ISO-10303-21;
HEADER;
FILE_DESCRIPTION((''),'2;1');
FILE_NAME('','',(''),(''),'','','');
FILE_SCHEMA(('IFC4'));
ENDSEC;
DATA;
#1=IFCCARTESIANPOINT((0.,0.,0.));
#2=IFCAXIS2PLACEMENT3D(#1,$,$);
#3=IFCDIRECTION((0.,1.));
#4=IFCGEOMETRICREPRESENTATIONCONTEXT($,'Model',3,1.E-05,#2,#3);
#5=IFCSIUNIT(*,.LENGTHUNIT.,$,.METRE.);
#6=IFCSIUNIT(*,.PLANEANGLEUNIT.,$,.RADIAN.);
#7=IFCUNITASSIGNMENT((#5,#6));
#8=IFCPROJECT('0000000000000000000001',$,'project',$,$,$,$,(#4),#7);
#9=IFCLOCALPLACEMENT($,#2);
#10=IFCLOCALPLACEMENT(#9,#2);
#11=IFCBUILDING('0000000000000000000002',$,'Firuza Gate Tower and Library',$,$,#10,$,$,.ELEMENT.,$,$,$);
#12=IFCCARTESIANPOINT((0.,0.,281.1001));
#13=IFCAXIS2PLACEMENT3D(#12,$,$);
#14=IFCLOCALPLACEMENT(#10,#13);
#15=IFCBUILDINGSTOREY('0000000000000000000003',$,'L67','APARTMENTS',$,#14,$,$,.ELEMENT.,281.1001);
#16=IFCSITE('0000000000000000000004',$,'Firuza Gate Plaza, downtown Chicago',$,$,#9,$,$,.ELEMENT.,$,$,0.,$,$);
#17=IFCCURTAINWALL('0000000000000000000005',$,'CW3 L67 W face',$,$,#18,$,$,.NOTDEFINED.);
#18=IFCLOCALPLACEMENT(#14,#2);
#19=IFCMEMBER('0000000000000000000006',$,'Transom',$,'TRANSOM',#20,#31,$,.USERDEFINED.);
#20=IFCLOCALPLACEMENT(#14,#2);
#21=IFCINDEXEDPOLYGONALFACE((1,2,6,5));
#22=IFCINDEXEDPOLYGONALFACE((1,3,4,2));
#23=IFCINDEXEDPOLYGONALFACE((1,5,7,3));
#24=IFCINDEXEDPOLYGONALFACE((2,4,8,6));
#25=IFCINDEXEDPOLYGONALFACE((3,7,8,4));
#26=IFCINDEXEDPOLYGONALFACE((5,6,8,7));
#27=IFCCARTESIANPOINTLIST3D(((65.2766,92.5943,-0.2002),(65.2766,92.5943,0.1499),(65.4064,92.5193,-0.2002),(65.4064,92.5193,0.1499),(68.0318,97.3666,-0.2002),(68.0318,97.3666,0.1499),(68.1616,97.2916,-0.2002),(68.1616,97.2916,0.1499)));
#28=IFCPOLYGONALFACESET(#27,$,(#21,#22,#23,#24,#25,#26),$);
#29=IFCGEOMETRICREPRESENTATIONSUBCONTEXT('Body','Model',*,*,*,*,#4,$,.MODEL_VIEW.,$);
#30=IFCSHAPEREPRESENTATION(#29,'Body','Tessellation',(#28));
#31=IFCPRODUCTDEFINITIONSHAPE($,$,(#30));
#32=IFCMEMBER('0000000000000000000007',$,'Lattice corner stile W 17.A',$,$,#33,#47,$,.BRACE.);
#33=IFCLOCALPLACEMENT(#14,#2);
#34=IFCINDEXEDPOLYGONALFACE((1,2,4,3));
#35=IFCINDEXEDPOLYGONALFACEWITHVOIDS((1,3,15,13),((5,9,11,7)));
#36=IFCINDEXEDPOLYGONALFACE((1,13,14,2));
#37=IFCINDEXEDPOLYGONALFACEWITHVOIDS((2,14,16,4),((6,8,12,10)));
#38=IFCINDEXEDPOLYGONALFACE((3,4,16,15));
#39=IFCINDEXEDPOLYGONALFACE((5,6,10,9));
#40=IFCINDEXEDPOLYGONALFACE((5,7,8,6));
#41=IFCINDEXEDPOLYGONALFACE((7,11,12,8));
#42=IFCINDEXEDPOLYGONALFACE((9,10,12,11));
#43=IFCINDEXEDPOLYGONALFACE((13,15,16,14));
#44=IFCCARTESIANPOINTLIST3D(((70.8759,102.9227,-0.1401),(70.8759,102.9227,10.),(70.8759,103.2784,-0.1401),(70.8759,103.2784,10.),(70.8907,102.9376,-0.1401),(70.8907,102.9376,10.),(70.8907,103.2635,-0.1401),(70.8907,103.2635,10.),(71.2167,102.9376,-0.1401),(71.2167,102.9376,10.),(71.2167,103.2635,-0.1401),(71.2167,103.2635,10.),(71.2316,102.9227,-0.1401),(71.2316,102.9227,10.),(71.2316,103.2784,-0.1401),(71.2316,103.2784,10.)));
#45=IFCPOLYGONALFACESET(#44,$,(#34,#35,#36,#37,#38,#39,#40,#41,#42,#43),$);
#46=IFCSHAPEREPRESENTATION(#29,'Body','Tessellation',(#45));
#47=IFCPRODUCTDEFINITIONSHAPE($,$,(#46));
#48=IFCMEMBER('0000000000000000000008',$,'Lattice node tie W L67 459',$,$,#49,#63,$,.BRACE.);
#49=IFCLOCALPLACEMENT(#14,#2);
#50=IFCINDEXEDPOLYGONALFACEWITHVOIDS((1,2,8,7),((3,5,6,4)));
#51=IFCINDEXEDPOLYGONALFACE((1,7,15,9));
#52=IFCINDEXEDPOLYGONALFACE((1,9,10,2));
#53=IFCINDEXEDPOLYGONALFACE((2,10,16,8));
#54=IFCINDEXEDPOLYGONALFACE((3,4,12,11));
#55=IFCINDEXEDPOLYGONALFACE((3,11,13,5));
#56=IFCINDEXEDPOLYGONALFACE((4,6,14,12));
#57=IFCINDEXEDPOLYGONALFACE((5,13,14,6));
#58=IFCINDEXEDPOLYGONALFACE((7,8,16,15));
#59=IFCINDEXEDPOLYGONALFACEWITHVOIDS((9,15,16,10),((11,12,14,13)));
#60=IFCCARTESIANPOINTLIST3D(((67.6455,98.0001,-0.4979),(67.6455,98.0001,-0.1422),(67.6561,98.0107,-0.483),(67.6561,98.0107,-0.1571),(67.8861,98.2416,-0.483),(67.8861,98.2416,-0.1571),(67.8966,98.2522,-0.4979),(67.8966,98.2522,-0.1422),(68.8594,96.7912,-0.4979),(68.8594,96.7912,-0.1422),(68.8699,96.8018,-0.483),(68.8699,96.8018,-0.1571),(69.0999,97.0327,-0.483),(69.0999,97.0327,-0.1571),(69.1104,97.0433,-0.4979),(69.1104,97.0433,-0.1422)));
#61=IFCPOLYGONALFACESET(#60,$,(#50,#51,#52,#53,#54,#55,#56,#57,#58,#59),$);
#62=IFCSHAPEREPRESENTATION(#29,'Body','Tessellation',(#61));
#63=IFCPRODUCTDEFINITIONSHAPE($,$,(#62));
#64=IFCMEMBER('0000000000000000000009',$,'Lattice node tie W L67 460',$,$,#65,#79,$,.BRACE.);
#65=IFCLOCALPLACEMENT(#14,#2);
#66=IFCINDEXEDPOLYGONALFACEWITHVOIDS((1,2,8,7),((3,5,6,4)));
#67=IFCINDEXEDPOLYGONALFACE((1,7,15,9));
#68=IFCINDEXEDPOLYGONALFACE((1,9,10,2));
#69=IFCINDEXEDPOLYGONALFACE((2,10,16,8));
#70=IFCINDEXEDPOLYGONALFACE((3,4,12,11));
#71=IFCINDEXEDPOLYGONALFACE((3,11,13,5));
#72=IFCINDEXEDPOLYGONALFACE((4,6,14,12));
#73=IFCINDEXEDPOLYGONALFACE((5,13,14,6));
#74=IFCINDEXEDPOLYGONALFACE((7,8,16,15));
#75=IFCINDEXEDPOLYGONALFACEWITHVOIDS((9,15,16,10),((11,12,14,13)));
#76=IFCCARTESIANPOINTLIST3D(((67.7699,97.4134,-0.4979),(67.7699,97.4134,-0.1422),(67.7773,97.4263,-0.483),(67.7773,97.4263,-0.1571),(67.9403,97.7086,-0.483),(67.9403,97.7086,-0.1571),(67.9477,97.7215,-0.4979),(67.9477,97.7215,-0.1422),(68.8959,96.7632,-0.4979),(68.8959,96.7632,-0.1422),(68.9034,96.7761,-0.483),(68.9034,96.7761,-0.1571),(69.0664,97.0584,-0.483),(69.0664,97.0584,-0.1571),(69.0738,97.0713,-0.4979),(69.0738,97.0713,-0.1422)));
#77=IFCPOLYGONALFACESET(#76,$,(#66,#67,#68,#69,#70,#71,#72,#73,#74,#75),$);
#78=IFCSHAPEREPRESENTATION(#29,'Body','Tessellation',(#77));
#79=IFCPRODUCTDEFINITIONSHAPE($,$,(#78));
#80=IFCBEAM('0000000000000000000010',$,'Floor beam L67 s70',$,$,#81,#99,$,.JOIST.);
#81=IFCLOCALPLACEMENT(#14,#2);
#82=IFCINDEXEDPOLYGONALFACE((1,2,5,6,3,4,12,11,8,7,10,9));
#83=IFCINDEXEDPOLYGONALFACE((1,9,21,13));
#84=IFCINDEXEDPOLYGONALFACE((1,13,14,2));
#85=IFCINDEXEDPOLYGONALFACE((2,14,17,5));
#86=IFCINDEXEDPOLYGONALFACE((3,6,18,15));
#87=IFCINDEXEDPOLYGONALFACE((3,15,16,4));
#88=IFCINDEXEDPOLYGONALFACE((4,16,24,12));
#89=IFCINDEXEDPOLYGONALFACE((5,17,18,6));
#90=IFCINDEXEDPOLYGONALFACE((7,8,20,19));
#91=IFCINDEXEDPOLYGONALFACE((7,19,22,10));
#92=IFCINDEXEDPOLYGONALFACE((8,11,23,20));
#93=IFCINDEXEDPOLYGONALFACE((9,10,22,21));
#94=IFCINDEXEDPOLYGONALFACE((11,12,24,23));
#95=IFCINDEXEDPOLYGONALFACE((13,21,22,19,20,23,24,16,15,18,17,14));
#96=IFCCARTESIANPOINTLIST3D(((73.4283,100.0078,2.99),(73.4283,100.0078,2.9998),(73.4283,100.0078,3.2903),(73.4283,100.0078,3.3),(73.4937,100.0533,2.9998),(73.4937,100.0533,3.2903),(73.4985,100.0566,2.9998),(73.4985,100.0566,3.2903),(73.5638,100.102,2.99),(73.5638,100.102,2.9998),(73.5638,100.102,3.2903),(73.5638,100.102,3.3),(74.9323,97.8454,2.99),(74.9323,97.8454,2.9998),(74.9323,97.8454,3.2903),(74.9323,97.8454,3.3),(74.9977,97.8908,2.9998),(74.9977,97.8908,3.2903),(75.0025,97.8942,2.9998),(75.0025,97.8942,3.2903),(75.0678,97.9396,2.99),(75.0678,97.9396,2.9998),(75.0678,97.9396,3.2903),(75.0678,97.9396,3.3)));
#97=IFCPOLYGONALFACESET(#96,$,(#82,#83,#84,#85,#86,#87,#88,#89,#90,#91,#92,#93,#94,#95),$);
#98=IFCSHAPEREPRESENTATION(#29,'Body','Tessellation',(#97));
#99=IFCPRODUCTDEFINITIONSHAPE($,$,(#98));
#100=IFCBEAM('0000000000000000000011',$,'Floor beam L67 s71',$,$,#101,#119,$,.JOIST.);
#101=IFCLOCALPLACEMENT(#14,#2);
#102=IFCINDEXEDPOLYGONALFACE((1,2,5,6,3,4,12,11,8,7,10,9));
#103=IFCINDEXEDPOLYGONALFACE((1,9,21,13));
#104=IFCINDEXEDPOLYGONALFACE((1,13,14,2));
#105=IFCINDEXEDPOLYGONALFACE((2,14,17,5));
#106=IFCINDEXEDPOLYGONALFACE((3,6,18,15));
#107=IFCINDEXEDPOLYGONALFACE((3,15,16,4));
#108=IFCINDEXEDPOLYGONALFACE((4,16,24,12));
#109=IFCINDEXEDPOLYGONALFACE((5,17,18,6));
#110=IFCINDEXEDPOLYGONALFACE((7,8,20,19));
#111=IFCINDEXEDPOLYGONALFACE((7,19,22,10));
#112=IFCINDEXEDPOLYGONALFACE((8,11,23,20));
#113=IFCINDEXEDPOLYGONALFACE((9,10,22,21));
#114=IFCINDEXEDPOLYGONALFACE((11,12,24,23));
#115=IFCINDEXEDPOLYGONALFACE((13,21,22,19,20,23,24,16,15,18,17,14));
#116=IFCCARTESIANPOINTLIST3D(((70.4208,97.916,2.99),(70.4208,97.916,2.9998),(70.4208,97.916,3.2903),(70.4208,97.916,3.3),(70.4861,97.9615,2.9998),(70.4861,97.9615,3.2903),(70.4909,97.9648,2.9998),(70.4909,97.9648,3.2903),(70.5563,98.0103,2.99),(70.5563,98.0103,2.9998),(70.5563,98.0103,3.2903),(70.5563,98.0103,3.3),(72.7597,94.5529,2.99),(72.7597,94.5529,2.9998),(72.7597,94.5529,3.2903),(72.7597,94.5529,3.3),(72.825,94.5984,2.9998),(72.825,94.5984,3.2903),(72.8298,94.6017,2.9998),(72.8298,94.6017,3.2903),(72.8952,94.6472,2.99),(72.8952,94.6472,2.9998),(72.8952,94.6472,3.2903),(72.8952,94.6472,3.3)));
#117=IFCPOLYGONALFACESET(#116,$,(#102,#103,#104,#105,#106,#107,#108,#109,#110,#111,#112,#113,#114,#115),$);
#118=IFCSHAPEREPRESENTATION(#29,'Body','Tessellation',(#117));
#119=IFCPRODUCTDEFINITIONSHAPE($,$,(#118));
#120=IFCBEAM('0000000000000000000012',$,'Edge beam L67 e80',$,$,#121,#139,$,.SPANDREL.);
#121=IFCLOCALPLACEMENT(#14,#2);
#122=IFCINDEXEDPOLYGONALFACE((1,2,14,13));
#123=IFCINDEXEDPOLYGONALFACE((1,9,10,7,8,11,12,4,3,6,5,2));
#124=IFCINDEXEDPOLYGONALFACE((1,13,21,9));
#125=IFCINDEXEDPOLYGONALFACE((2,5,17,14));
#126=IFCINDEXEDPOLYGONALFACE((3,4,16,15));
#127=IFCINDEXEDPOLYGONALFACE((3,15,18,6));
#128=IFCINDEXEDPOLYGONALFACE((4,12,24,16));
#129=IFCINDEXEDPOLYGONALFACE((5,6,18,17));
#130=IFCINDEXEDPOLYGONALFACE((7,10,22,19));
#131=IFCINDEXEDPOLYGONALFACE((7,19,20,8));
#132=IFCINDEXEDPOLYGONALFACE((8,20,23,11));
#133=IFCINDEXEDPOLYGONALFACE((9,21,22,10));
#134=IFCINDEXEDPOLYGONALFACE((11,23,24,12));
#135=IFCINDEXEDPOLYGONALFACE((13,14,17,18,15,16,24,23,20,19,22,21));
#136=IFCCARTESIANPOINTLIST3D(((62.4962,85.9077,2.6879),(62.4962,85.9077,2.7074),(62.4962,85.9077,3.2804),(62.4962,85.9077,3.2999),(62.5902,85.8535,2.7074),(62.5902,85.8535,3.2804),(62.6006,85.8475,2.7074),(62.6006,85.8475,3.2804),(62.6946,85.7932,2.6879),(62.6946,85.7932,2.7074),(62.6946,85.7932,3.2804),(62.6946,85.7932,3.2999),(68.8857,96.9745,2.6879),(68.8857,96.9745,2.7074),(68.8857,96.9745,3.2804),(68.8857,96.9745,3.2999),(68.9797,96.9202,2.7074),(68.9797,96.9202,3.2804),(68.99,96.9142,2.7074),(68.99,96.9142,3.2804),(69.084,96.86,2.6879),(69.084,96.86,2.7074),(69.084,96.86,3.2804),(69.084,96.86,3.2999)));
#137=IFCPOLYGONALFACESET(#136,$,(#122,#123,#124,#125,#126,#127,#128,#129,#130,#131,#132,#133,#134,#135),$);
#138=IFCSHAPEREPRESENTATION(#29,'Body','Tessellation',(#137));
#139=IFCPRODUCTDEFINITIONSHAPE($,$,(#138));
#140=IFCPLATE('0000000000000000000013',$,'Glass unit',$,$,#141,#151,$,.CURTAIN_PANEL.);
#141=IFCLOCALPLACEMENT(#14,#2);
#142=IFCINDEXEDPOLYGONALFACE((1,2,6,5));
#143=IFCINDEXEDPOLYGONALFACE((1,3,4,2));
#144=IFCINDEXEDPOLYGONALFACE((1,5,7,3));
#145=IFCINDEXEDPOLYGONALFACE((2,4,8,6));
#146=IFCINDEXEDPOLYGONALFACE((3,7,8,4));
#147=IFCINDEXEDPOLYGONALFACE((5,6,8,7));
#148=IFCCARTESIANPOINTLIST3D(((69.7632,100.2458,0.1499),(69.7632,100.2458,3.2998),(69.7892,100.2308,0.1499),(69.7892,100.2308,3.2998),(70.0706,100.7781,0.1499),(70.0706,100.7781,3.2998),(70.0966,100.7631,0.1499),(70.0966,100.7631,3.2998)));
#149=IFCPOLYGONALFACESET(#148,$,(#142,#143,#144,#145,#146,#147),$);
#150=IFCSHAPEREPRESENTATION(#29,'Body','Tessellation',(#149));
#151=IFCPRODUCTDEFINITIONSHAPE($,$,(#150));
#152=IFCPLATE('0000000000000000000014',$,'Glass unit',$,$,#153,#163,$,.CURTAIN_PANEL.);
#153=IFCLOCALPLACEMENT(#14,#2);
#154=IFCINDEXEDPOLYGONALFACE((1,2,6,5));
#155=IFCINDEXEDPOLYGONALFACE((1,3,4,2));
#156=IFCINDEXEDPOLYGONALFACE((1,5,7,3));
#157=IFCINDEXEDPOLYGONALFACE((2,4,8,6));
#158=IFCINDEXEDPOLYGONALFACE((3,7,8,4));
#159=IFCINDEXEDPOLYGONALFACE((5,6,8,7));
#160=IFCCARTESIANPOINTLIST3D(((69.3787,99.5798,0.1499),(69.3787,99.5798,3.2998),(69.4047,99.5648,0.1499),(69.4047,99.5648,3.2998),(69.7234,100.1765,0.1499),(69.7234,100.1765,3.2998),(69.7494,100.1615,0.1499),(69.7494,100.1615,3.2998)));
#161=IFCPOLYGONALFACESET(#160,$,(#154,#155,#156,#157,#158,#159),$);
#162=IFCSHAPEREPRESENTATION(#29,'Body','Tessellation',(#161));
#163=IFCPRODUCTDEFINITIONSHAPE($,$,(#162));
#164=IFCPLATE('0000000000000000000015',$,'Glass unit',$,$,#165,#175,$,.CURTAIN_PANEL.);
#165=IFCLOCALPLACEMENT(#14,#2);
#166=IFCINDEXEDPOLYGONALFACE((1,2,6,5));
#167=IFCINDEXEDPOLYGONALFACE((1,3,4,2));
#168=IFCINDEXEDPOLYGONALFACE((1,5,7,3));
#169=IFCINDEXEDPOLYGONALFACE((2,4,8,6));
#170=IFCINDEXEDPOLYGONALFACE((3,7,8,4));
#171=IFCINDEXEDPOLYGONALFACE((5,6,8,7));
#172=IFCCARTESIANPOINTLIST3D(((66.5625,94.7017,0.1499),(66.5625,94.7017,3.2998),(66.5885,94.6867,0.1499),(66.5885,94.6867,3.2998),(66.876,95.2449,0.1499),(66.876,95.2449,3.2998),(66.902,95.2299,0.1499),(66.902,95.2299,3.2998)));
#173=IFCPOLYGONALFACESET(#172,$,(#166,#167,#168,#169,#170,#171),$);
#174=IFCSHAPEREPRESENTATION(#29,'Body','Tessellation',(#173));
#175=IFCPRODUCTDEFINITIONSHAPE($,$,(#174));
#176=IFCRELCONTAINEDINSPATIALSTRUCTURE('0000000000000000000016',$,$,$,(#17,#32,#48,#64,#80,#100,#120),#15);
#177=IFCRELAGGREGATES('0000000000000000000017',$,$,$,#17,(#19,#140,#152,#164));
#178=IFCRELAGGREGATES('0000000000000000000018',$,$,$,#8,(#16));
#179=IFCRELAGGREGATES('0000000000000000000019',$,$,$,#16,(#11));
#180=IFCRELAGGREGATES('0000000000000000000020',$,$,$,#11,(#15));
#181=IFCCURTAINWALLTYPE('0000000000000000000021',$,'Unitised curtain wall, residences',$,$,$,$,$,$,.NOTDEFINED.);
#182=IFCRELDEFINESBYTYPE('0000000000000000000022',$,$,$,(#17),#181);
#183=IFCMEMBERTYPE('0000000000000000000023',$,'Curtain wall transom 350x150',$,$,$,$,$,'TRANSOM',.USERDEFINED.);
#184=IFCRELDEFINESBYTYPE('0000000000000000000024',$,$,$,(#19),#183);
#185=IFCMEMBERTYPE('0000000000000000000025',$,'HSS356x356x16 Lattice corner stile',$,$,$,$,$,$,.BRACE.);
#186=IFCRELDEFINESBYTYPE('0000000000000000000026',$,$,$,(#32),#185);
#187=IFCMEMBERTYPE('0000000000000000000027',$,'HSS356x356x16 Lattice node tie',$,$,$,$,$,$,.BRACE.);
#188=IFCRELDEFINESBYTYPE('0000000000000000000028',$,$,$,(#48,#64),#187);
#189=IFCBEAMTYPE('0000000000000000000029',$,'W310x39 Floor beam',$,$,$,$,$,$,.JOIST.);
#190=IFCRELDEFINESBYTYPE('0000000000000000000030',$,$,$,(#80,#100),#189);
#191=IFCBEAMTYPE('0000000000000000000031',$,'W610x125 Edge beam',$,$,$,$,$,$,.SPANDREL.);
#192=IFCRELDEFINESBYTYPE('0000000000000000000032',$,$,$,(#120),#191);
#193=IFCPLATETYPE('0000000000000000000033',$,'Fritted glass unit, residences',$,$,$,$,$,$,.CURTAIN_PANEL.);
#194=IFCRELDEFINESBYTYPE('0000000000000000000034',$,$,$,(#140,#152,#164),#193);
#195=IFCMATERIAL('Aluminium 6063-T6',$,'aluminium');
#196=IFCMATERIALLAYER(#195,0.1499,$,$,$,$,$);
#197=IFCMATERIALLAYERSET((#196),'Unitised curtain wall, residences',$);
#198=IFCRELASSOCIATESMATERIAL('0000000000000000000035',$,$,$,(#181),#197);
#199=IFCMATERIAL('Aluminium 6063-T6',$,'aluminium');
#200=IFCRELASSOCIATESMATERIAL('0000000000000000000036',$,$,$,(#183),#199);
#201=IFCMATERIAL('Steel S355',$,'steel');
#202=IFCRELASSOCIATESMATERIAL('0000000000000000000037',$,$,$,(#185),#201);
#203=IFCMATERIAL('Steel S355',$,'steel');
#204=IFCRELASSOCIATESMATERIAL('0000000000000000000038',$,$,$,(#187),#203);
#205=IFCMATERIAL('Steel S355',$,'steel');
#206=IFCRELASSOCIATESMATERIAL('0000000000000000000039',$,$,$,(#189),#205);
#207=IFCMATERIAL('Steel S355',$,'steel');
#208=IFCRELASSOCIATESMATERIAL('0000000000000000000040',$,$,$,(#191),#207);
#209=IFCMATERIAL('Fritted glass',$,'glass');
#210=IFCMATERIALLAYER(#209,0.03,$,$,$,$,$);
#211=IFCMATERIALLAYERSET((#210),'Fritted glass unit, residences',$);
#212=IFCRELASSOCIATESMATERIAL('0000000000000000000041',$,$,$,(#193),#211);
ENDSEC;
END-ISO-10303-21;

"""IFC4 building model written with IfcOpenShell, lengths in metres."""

from ifc_helpers import new_model, si_unit, direction, frame, origin, origin_2d, place, context, subcontext, project, spatial, polyline, rectangle, hollow_rectangle, i_section, outline, extrude, material, layer, layer_set, material_profile, profile_set, type_object, element, aggregate, save


model = new_model("IFC4")

# Units and contexts
model_context = context("Model", 3, precision=1e-05, world=origin(), true_north=direction((0.0, 1.0)))
body_context = subcontext(model_context, "Body", "Model", "MODEL_VIEW")
ifc_project = project(units=[si_unit("LENGTHUNIT", "METRE"), si_unit("PLANEANGLEUNIT", "RADIAN")], contexts=[model_context])

# Site, building, storey
site_placement = place(None, origin())
site = spatial("IfcSite", under=ifc_project, at=site_placement, Name="Firuza Gate Plaza, downtown Chicago", CompositionType="ELEMENT", RefElevation=0.0)
building_placement = place(site_placement, origin())
building = spatial("IfcBuilding", under=site, at=building_placement, Name="Firuza Gate Tower and Library", CompositionType="ELEMENT")
storey_placement = place(building_placement, frame((0.0, 0.0, 281.1001)))
storey = spatial("IfcBuildingStorey", under=building, at=storey_placement, Name="L67", Description="APARTMENTS", CompositionType="ELEMENT", Elevation=281.1001)

# Curtain wall
ifc_material_1 = material(Name="Aluminium 6063-T6", Category="aluminium")
ifc_layer_1 = layer(ifc_material_1, 0.1499)
ifc_layer_set_1 = layer_set([ifc_layer_1], Name="Unitised curtain wall, residences")
curtain_wall_type_1 = type_object("IfcCurtainWallType", Name="Unitised curtain wall, residences", PredefinedType="NOTDEFINED", material=ifc_layer_set_1)
placement = place(storey_placement, origin())
curtain_wall_1 = element("IfcCurtainWall", 1, at=placement, inside=storey, type_object=curtain_wall_type_1, Name="CW3 L67 W face", PredefinedType="NOTDEFINED")

# Shared definitions
ifc_material_2 = material(Name="Aluminium 6063-T6", Category="aluminium")
ifc_material_profile_1 = material_profile(ifc_material_2, rectangle(XDim=0.1499, YDim=0.3501, at=origin_2d()))
ifc_profile_set_1 = profile_set([ifc_material_profile_1], Name="Aluminium 6063-T6")
member_type_1 = type_object("IfcMemberType", Name="Curtain wall transom 350x150", ElementType="TRANSOM", PredefinedType="USERDEFINED", material=ifc_profile_set_1)

# Member
member_1_placement = place(storey_placement, frame((68.0967, 97.3291, -0.0251), z_axis=(-0.499985, -0.866034, 0.0), x_axis=(0.866034, -0.499985, 0.0)))
member_1 = element("IfcMember", 2, at=member_1_placement, type_object=member_type_1, Name="Transom", ObjectType="TRANSOM", PredefinedType="USERDEFINED", context=body_context, shape_type="SweptSolid", body=[
    extrude(rectangle(XDim=0.1499, YDim=0.3501, at=origin_2d()), origin(), (0.0, 0.0, 1.0), 5.5105),
])

# Members
ifc_material_3 = material(Name="Steel S355", Category="steel")
ifc_material_profile_2 = material_profile(ifc_material_3, hollow_rectangle(XDim=0.3557, YDim=0.3557, WallThickness=0.0149, at=origin_2d()))
ifc_profile_set_2 = profile_set([ifc_material_profile_2], Name="Steel S355")
member_type_2 = type_object("IfcMemberType", Name="HSS356x356x16 Lattice corner stile", PredefinedType="BRACE", material=ifc_profile_set_2)
member_2_placement = place(storey_placement, frame((71.0537, 103.1006, -0.1401), z_axis=(0.0, 0.0, 1.0), x_axis=(1.0, 0.0, 0.0)))
element("IfcMember", 3, at=member_2_placement, inside=storey, type_object=member_type_2, Name="Lattice corner stile W 17.A", PredefinedType="BRACE", context=body_context, shape_type="SweptSolid", body=[
    extrude(hollow_rectangle(XDim=0.3557, YDim=0.3557, WallThickness=0.0149, at=origin_2d()), origin(), (0.0, 0.0, 1.0), 10.1401),
])
ifc_material_4 = material(Name="Steel S355", Category="steel")
ifc_material_profile_3 = material_profile(ifc_material_4, hollow_rectangle(XDim=0.3557, YDim=0.3557, WallThickness=0.0149, at=origin_2d()))
ifc_profile_set_3 = profile_set([ifc_material_profile_3], Name="Steel S355")
member_type_3 = type_object("IfcMemberType", Name="HSS356x356x16 Lattice node tie", PredefinedType="BRACE", material=ifc_profile_set_3)
member_3_placement = place(storey_placement, frame((68.9849, 96.9172, -0.3201), z_axis=(-0.70853, 0.70568, 0.0), x_axis=(-0.70568, -0.70853, 0.0)))
element("IfcMember", 4, at=member_3_placement, inside=storey, type_object=member_type_3, Name="Lattice node tie W L67 459", PredefinedType="BRACE", context=body_context, shape_type="SweptSolid", body=[
    extrude(hollow_rectangle(XDim=0.3557, YDim=0.3557, WallThickness=0.0149, at=origin_2d()), origin(), (0.0, 0.0, 1.0), 1.7131),
])
member_4_placement = place(storey_placement, frame((68.9849, 96.9172, -0.3201), z_axis=(-0.866004, 0.500037, 0.0), x_axis=(-0.500037, -0.866004, 0.0)))
element("IfcMember", 5, at=member_4_placement, inside=storey, type_object=member_type_3, Name="Lattice node tie W L67 460", PredefinedType="BRACE", context=body_context, shape_type="SweptSolid", body=[
    extrude(hollow_rectangle(XDim=0.3557, YDim=0.3557, WallThickness=0.0149, at=origin_2d()), origin(), (0.0, 0.0, 1.0), 1.3003),
])

# Beams
ifc_material_5 = material(Name="Steel S355", Category="steel")
ifc_material_profile_4 = material_profile(ifc_material_5, i_section(OverallWidth=0.165, OverallDepth=0.3101, WebThickness=0.0059, FlangeThickness=0.0098, at=origin_2d()))
ifc_profile_set_4 = profile_set([ifc_material_profile_4], Name="Steel S355")
beam_type_1 = type_object("IfcBeamType", Name="W310x39 Floor beam", PredefinedType="JOIST", material=ifc_profile_set_4)
beam_1_placement = place(storey_placement, frame((73.4961, 100.0549, 3.145), z_axis=(0.570978, -0.820966, 0.0), x_axis=(0.820966, 0.570978, 0.0)))
element("IfcBeam", 6, at=beam_1_placement, inside=storey, type_object=beam_type_1, Name="Floor beam L67 s70", PredefinedType="JOIST", context=body_context, shape_type="SweptSolid", body=[
    extrude(i_section(OverallWidth=0.165, OverallDepth=0.3101, WebThickness=0.0059, FlangeThickness=0.0098, at=origin_2d()), origin(), (0.0, 0.0, 1.0), 2.634),
])
beam_2_placement = place(storey_placement, frame((70.4885, 97.9631, 3.145), z_axis=(0.57096, -0.820978, 0.0), x_axis=(0.820978, 0.57096, 0.0)))
element("IfcBeam", 7, at=beam_2_placement, inside=storey, type_object=beam_type_1, Name="Floor beam L67 s71", PredefinedType="JOIST", context=body_context, shape_type="SweptSolid", body=[
    extrude(i_section(OverallWidth=0.165, OverallDepth=0.3101, WebThickness=0.0059, FlangeThickness=0.0098, at=origin_2d()), origin(), (0.0, 0.0, 1.0), 4.0964),
])
ifc_material_6 = material(Name="Steel S355", Category="steel")
ifc_material_profile_5 = material_profile(ifc_material_6, i_section(OverallWidth=0.229, OverallDepth=0.6121, WebThickness=0.012, FlangeThickness=0.0195, at=origin_2d()))
ifc_profile_set_5 = profile_set([ifc_material_profile_5], Name="Steel S355")
beam_type_2 = type_object("IfcBeamType", Name="W610x125 Edge beam", PredefinedType="SPANDREL", material=ifc_profile_set_5)
beam_3_placement = place(storey_placement, frame((68.9849, 96.9172, 2.9939), z_axis=(-0.500004, -0.866023, 0.0), x_axis=(0.866023, -0.500004, 0.0)))
element("IfcBeam", 8, at=beam_3_placement, inside=storey, type_object=beam_type_2, Name="Edge beam L67 e80", PredefinedType="SPANDREL", context=body_context, shape_type="SweptSolid", body=[
    extrude(i_section(OverallWidth=0.229, OverallDepth=0.6121, WebThickness=0.012, FlangeThickness=0.0195, at=origin_2d()), origin(), (0.0, 0.0, 1.0), 12.7788),
])

# Plates
ifc_material_7 = material(Name="Fritted glass", Category="glass")
ifc_layer_2 = layer(ifc_material_7, 0.03)
ifc_layer_set_2 = layer_set([ifc_layer_2], Name="Fritted glass unit, residences")
plate_type_1 = type_object("IfcPlateType", Name="Fritted glass unit, residences", PredefinedType="CURTAIN_PANEL", material=ifc_layer_set_2)
plate_1_placement = place(storey_placement, frame((70.0706, 100.7781, 0.1499), z_axis=(-0.865961, 0.500112, 0.0), x_axis=(-0.500112, -0.865961, 0.0)))
plate_1 = element("IfcPlate", 9, at=plate_1_placement, type_object=plate_type_1, Name="Glass unit", PredefinedType="CURTAIN_PANEL", context=body_context, shape_type="SweptSolid", body=[
    extrude(outline(polyline([(0.0, 0.0), (0.6146, 0.0), (0.6146, 3.1499), (0.0, 3.1499), (0.0, 0.0)])), origin(), (0.0, 0.0, -1.0), 0.03),
])
plate_2_placement = place(storey_placement, frame((69.7234, 100.1765, 0.1499), z_axis=(-0.865879, 0.500254, 0.0), x_axis=(-0.500254, -0.865879, 0.0)))
plate_2 = element("IfcPlate", 10, at=plate_2_placement, type_object=plate_type_1, Name="Glass unit", PredefinedType="CURTAIN_PANEL", context=body_context, shape_type="SweptSolid", body=[
    extrude(outline(polyline([(0.0, 0.0), (0.6891, 0.0), (0.6891, 3.1499), (0.0, 3.1499), (0.0, 0.0)])), origin(), (0.0, 0.0, -1.0), 0.03),
])
plate_3_placement = place(storey_placement, frame((66.876, 95.2449, 0.1499), z_axis=(-0.866127, 0.499824, 0.0), x_axis=(-0.499824, -0.866127, 0.0)))
plate_3 = element("IfcPlate", 11, at=plate_3_placement, type_object=plate_type_1, Name="Glass unit", PredefinedType="CURTAIN_PANEL", context=body_context, shape_type="SweptSolid", body=[
    extrude(outline(polyline([(0.0, 0.0), (0.6272, 0.0), (0.6272, 3.1499), (0.0, 3.1499), (0.0, 0.0)])), origin(), (0.0, 0.0, -1.0), 0.03),
])
aggregate(curtain_wall_1, [member_1, plate_1, plate_2, plate_3])

save(model, "model.ifc")
